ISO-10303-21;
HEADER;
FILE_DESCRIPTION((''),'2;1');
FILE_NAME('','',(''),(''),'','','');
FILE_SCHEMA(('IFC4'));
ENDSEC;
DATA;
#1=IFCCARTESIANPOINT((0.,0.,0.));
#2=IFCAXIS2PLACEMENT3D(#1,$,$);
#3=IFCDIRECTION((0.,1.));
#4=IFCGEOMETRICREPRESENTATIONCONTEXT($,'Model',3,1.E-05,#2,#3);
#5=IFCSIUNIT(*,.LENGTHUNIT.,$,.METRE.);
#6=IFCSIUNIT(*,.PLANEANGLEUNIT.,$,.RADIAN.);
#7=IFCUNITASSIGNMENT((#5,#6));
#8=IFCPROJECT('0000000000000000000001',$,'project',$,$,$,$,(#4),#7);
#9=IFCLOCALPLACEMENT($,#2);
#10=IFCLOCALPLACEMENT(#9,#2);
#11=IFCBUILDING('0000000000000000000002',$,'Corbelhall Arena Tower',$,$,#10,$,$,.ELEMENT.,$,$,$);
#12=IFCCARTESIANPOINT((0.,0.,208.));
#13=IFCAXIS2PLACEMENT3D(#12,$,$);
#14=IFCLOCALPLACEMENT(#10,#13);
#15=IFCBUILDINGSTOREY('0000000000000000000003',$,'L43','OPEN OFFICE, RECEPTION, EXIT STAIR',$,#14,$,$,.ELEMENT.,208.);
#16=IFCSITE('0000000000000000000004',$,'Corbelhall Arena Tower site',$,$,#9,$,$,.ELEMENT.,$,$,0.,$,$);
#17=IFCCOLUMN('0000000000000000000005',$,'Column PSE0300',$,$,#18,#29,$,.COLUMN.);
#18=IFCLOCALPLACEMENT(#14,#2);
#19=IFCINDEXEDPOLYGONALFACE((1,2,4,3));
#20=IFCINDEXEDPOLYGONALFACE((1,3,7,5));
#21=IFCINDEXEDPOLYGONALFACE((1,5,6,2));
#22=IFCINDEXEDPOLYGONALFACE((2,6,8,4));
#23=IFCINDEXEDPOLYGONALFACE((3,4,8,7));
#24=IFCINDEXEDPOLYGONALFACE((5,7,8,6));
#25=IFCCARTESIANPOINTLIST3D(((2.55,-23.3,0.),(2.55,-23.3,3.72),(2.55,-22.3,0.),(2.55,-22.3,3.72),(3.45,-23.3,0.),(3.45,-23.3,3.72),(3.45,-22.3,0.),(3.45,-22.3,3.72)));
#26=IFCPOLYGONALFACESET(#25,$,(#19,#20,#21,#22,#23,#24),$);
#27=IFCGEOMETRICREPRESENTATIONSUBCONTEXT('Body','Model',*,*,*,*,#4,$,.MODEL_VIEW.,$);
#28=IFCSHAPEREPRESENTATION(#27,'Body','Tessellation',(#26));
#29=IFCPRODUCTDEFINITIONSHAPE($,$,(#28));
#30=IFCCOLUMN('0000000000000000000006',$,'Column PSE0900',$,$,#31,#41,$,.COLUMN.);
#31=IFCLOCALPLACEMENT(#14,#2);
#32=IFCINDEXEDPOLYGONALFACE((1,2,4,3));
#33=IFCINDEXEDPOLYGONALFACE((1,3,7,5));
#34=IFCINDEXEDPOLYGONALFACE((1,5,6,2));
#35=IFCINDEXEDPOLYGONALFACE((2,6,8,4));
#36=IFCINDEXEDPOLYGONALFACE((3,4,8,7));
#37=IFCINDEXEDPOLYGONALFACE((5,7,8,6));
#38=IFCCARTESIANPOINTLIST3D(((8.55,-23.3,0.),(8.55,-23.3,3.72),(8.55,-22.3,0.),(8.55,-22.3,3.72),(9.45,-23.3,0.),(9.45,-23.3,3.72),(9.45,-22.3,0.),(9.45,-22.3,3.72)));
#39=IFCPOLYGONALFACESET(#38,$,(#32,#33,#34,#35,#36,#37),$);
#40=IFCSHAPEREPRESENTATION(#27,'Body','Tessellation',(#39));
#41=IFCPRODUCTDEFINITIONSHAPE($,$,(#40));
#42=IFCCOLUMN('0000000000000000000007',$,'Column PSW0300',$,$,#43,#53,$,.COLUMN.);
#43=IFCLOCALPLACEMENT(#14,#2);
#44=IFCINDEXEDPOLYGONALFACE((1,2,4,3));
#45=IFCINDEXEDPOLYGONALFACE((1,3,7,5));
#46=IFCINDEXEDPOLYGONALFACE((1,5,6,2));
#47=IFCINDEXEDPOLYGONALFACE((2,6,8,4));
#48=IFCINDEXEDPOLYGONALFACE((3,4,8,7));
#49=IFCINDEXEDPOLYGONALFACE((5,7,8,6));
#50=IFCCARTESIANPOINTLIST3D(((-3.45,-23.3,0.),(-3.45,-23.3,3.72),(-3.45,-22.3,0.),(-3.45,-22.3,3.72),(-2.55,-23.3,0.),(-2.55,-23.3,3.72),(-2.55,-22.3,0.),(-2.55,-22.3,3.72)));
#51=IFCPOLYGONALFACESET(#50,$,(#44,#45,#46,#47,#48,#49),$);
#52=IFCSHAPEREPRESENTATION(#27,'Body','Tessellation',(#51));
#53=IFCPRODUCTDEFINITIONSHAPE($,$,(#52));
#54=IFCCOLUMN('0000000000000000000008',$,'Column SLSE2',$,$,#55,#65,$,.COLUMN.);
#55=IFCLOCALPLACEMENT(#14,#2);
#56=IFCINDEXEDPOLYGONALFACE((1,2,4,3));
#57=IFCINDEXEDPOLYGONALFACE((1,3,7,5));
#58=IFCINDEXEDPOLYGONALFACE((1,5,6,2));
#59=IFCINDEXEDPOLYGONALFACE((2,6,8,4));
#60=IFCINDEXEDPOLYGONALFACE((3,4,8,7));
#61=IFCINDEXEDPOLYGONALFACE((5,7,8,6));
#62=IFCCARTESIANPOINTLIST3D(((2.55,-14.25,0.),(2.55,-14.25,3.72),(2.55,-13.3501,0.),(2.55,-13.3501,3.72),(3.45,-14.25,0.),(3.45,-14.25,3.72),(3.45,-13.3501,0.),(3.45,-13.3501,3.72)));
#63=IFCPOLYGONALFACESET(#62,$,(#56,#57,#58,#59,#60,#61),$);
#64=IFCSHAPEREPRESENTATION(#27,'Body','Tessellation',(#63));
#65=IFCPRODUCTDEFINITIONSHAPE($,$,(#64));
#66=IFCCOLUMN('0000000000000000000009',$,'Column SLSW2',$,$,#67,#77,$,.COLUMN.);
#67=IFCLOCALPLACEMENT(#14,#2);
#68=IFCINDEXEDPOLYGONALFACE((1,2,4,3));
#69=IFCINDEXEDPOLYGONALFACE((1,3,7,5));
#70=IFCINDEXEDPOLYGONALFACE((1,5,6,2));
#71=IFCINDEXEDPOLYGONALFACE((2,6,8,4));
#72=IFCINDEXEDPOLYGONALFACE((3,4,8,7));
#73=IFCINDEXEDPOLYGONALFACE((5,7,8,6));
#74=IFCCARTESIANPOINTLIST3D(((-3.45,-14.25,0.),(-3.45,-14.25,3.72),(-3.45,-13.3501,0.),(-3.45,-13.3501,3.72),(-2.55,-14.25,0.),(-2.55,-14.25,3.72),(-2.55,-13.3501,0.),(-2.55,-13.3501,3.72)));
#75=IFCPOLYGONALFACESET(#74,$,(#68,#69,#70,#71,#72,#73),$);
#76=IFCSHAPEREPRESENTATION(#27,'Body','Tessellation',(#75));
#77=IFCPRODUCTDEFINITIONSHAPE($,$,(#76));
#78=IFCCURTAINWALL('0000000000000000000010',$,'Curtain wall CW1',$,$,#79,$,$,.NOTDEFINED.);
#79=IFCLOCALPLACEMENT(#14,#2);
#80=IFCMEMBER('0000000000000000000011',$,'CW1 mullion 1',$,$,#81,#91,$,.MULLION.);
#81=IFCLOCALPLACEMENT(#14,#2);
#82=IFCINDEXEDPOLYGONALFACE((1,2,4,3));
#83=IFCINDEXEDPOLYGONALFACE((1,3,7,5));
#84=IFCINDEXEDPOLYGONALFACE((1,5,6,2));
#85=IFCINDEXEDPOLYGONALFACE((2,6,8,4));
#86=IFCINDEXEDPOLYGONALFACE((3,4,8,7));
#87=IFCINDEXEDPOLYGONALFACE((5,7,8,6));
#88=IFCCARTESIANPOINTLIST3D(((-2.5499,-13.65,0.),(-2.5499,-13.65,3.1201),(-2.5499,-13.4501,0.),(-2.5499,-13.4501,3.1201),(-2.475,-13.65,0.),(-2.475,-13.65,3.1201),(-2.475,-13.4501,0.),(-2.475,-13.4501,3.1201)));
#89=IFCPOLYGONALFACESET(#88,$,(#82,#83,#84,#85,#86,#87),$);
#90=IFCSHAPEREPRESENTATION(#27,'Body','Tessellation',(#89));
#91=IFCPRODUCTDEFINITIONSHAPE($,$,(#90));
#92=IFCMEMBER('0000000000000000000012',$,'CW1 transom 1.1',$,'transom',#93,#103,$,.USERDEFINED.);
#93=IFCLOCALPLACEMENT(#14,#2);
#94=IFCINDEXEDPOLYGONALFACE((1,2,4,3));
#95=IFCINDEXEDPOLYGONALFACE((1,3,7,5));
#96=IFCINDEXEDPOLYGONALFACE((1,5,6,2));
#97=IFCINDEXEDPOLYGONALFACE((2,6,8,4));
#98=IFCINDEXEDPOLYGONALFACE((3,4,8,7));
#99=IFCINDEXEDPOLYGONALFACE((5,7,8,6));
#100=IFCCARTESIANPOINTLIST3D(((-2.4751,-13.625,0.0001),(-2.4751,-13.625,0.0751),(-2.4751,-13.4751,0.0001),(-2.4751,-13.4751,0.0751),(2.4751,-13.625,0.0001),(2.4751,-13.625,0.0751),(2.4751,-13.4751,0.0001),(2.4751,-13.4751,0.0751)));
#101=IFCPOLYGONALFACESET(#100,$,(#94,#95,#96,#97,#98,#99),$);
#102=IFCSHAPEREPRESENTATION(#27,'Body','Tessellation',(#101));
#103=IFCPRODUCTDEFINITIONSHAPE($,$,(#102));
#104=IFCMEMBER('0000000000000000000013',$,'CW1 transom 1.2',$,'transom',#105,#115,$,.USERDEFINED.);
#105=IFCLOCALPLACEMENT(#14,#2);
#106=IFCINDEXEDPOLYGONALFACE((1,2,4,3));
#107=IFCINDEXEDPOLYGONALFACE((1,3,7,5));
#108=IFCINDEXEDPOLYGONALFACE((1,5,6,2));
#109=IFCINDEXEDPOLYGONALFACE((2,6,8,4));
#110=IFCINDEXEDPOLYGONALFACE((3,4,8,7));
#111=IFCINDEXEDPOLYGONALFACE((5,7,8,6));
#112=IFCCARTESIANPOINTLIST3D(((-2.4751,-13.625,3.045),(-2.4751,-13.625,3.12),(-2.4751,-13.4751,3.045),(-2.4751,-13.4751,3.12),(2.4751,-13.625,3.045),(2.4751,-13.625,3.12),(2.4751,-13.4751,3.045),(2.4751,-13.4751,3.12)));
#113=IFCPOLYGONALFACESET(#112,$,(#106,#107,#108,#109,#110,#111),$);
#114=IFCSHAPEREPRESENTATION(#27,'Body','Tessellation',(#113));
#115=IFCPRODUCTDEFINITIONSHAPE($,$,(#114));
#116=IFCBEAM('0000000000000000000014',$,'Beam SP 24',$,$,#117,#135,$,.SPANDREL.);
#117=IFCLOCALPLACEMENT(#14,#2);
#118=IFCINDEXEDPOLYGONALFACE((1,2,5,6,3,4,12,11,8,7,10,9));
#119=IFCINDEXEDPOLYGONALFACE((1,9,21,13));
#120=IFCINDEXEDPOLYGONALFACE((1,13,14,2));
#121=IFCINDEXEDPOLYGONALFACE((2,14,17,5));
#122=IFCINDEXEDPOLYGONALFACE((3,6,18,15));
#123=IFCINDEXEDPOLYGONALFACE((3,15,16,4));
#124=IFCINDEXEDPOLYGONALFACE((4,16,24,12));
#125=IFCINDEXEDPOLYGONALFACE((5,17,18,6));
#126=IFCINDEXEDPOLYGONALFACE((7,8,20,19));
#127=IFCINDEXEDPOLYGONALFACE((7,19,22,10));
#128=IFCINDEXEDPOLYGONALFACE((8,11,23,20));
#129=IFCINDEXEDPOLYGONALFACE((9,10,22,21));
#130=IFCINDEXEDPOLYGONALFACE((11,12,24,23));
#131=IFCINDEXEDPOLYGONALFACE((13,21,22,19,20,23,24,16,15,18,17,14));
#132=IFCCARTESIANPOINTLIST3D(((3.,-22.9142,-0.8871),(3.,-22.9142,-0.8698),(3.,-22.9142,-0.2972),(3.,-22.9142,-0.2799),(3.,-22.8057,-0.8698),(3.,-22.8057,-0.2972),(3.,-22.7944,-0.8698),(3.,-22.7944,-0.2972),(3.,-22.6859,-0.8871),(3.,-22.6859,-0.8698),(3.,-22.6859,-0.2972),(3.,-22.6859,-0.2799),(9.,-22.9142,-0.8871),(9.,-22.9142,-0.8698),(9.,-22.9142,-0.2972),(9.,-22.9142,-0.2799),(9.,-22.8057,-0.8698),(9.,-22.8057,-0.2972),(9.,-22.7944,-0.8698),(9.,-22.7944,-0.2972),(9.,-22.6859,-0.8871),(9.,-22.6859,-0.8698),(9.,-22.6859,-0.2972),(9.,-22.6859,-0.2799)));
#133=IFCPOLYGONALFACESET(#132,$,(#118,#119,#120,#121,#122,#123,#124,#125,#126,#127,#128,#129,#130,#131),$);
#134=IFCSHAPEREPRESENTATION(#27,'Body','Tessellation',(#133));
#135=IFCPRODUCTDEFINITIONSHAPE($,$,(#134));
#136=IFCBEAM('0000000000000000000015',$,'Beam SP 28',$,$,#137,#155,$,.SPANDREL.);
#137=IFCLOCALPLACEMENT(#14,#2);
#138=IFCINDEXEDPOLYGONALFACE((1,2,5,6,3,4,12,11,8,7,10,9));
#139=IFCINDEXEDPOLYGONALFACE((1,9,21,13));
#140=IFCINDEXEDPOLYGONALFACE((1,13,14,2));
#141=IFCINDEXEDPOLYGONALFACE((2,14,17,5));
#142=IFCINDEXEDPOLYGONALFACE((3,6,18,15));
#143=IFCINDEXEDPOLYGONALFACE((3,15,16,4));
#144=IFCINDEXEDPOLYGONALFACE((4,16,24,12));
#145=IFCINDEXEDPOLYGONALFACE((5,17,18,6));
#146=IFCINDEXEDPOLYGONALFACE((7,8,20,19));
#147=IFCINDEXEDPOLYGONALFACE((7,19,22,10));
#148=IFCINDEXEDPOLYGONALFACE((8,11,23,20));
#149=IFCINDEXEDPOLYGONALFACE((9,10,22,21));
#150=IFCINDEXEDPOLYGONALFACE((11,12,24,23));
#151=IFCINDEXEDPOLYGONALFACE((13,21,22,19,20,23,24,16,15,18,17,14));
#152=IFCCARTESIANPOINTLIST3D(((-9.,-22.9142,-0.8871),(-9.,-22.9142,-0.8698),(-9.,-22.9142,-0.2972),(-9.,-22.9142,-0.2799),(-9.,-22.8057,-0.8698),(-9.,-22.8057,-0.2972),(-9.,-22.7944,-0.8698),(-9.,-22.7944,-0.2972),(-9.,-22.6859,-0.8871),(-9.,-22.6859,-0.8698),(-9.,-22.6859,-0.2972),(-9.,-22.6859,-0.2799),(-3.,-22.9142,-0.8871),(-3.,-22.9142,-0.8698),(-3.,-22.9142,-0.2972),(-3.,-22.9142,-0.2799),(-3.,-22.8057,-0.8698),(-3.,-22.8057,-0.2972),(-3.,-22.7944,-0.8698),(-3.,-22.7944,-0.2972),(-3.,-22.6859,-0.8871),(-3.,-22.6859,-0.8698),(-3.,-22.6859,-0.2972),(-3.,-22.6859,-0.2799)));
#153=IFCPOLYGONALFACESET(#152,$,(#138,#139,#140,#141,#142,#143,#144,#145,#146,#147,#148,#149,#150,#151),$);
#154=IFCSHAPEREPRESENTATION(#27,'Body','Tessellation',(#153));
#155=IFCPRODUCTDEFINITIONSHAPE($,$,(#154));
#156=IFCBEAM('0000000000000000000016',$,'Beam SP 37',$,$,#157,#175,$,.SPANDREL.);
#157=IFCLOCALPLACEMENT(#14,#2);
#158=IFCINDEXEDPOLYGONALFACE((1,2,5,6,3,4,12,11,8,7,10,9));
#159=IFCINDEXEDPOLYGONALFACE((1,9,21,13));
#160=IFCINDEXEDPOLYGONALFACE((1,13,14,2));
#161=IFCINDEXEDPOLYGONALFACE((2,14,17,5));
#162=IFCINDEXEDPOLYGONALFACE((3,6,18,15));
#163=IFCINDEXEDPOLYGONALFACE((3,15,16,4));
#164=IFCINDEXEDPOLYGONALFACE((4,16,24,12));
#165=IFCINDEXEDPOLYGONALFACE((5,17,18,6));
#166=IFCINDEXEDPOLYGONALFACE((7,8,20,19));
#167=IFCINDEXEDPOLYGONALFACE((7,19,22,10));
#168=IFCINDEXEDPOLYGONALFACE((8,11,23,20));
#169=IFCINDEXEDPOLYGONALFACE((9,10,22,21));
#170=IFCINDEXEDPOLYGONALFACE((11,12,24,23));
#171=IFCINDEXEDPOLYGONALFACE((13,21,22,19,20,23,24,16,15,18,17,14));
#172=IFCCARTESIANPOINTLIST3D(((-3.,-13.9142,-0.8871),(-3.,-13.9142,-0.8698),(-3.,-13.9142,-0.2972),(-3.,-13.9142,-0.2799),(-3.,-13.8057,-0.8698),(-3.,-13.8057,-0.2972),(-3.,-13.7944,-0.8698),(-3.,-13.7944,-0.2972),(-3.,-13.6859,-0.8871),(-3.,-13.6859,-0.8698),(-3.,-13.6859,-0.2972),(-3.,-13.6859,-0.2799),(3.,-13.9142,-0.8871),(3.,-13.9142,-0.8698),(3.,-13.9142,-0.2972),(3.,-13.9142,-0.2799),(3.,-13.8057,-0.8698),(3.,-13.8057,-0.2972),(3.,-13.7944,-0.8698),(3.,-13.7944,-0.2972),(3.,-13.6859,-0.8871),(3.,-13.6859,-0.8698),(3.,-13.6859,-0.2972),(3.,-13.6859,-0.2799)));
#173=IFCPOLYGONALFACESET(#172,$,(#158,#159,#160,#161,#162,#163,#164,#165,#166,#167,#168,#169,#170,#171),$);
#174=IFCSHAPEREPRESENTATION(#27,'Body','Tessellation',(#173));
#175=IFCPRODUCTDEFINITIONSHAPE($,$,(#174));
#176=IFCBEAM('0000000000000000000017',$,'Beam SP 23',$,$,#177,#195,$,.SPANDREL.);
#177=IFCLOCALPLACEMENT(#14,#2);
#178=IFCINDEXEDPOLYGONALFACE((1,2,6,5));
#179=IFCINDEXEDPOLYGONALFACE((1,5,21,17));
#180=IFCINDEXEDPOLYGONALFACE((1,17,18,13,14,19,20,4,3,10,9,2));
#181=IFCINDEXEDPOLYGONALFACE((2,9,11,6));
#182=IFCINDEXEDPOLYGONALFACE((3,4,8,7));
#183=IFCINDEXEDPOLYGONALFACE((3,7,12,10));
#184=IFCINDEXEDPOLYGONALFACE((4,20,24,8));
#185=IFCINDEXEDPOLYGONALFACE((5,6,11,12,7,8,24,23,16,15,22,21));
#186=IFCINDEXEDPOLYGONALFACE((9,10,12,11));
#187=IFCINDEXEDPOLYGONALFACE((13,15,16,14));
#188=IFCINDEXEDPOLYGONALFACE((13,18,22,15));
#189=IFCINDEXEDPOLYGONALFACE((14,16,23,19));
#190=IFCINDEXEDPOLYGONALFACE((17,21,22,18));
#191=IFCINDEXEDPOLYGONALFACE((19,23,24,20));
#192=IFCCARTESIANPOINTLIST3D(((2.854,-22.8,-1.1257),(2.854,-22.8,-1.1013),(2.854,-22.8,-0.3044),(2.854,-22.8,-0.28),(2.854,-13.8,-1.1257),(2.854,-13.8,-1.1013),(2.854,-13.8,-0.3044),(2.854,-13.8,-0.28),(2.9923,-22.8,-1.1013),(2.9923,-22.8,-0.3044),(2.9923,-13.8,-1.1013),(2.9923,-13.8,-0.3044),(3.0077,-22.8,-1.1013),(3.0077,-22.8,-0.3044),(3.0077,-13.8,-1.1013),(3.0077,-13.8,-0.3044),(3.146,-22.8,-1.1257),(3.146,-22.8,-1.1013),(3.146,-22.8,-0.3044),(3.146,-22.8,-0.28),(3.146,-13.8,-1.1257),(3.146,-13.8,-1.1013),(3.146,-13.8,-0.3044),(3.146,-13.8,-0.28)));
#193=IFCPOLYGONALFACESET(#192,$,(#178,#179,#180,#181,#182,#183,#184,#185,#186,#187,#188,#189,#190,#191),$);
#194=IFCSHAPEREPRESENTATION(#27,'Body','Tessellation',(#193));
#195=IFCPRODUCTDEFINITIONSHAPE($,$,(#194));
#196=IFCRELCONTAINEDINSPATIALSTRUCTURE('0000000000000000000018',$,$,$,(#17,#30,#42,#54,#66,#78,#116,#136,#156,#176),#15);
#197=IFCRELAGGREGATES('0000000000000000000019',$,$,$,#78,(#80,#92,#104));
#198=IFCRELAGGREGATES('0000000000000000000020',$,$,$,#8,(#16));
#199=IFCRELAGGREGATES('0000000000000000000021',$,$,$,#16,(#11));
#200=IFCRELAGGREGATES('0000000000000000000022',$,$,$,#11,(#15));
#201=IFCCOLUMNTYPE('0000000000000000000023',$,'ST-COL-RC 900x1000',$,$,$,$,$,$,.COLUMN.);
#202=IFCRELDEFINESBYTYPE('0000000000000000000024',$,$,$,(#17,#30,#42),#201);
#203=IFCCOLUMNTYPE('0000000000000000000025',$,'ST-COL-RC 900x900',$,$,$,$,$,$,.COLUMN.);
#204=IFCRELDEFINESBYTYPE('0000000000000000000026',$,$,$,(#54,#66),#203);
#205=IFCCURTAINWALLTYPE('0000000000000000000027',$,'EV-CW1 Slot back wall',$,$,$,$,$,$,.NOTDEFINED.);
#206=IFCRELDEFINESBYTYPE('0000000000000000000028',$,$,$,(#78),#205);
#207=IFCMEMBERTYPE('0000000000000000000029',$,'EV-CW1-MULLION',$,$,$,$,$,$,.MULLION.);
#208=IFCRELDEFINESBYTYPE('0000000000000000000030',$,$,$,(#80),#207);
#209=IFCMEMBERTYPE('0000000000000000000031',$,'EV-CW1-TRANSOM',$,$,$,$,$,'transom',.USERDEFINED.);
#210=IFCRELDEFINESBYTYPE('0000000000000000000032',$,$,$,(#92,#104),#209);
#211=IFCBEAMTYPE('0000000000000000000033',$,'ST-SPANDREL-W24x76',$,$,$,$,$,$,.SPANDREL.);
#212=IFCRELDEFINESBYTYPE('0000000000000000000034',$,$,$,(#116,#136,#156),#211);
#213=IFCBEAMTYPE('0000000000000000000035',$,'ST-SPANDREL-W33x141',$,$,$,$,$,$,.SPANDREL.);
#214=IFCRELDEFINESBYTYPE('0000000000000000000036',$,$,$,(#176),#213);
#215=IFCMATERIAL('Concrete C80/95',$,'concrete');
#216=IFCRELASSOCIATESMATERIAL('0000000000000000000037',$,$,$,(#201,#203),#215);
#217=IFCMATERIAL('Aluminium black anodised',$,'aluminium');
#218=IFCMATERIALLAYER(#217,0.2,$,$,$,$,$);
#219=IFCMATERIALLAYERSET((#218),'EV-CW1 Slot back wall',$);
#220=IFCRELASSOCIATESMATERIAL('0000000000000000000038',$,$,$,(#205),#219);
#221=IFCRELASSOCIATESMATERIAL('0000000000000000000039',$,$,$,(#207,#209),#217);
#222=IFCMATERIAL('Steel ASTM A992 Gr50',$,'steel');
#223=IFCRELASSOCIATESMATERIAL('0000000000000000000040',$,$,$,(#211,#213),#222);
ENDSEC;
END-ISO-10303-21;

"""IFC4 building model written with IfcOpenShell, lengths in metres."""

from ifc_helpers import new_model, si_unit, direction, frame, origin, origin_2d, place, context, subcontext, project, spatial, rectangle, i_section, extrude, material, layer, layer_set, material_profile, profile_set, type_object, element, aggregate, save


model = new_model("IFC4")

# Units and contexts
model_context = context("Model", 3, precision=1e-05, world=origin(), true_north=direction((0.0, 1.0)))
body_context = subcontext(model_context, "Body", "Model", "MODEL_VIEW")
ifc_project = project(units=[si_unit("LENGTHUNIT", "METRE"), si_unit("PLANEANGLEUNIT", "RADIAN")], contexts=[model_context])

# Site, building, storey
site_placement = place(None, origin())
site = spatial("IfcSite", under=ifc_project, at=site_placement, Name="Corbelhall Arena Tower site", CompositionType="ELEMENT", RefElevation=0.0)
building_placement = place(site_placement, origin())
building = spatial("IfcBuilding", under=site, at=building_placement, Name="Corbelhall Arena Tower", CompositionType="ELEMENT")
storey_placement = place(building_placement, frame((0.0, 0.0, 208.0)))
storey = spatial("IfcBuildingStorey", under=building, at=storey_placement, Name="L43", Description="OPEN OFFICE, RECEPTION, EXIT STAIR", CompositionType="ELEMENT", Elevation=208.0)

# Columns
ifc_material_1 = material(Name="Concrete C80/95", Category="concrete")
ifc_material_profile_1 = material_profile(ifc_material_1, rectangle(XDim=0.8999, YDim=1.0, at=origin_2d()))
ifc_profile_set_1 = profile_set([ifc_material_profile_1], Name="Concrete C80/95")
column_type_1 = type_object("IfcColumnType", Name="ST-COL-RC 900x1000", PredefinedType="COLUMN", material=ifc_profile_set_1)
for number, where, z_axis, x_axis, name in (
    (1, (3.0, -22.8, 0.0), (0.0, 0.0, 1.0), (1.0, 0.0, 0.0), "Column PSE0300"),
    (2, (9.0, -22.8, 0.0), (0.0, 0.0, 1.0), (1.0, 0.0, 0.0), "Column PSE0900"),
    (3, (-3.0, -22.8, 0.0), (0.0, 0.0, 1.0), (1.0, 0.0, 0.0), "Column PSW0300"),
):
    element("IfcColumn", number, at=place(storey_placement, frame(where, z_axis=z_axis, x_axis=x_axis)), inside=storey, type_object=column_type_1, Name=name, PredefinedType="COLUMN", context=body_context, shape_type="SweptSolid", body=[
        extrude(rectangle(XDim=0.8999, YDim=1.0, at=origin_2d()), origin(), (0.0, 0.0, 1.0), 3.72),
    ])
ifc_material_profile_2 = material_profile(ifc_material_1, rectangle(XDim=0.8999, YDim=0.8999, at=origin_2d()))
ifc_profile_set_2 = profile_set([ifc_material_profile_2], Name="Concrete C80/95")
column_type_2 = type_object("IfcColumnType", Name="ST-COL-RC 900x900", PredefinedType="COLUMN", material=ifc_profile_set_2)
for number, where, z_axis, x_axis, name in (
    (4, (3.0, -13.8, 0.0), (0.0, 0.0, 1.0), (1.0, 0.0, 0.0), "Column SLSE2"),
    (5, (-3.0, -13.8, 0.0), (0.0, 0.0, 1.0), (1.0, 0.0, 0.0), "Column SLSW2"),
):
    element("IfcColumn", number, at=place(storey_placement, frame(where, z_axis=z_axis, x_axis=x_axis)), inside=storey, type_object=column_type_2, Name=name, PredefinedType="COLUMN", context=body_context, shape_type="SweptSolid", body=[
        extrude(rectangle(XDim=0.8999, YDim=0.8999, at=origin_2d()), origin(), (0.0, 0.0, 1.0), 3.72),
    ])

# Curtain wall, members
ifc_material_2 = material(Name="Aluminium black anodised", Category="aluminium")
ifc_layer_1 = layer(ifc_material_2, 0.2)
ifc_layer_set_1 = layer_set([ifc_layer_1], Name="EV-CW1 Slot back wall")
curtain_wall_type = type_object("IfcCurtainWallType", Name="EV-CW1 Slot back wall", PredefinedType="NOTDEFINED", material=ifc_layer_set_1)
curtain_wall_placement = place(storey_placement, origin())
curtain_wall = element("IfcCurtainWall", 6, at=curtain_wall_placement, inside=storey, type_object=curtain_wall_type, Name="Curtain wall CW1", PredefinedType="NOTDEFINED")
ifc_material_profile_3 = material_profile(ifc_material_2, rectangle(XDim=0.2, YDim=0.075, at=origin_2d()))
ifc_profile_set_3 = profile_set([ifc_material_profile_3], Name="Aluminium black anodised")
member_type_1 = type_object("IfcMemberType", Name="EV-CW1-MULLION", PredefinedType="MULLION", material=ifc_profile_set_3)
member_1_placement = place(storey_placement, frame((-2.5125, -13.55, 0.0), z_axis=(0.0, 0.0, 1.0), x_axis=(0.0, 1.0, 0.0)))
member_1 = element("IfcMember", 7, at=member_1_placement, type_object=member_type_1, Name="CW1 mullion 1", PredefinedType="MULLION", context=body_context, shape_type="SweptSolid", body=[
    extrude(rectangle(XDim=0.2, YDim=0.075, at=origin_2d()), origin(), (0.0, 0.0, 1.0), 3.1201),
])
ifc_material_profile_4 = material_profile(ifc_material_2, rectangle(XDim=0.1499, YDim=0.075, at=origin_2d()))
ifc_profile_set_4 = profile_set([ifc_material_profile_4], Name="Aluminium black anodised")
member_type_2 = type_object("IfcMemberType", Name="EV-CW1-TRANSOM", ElementType="transom", PredefinedType="USERDEFINED", material=ifc_profile_set_4)
member_2_placement = place(storey_placement, frame((-2.4751, -13.55, 0.0376), z_axis=(1.0, 0.0, 0.0), x_axis=(0.0, 1.0, 0.0)))
member_2 = element("IfcMember", 8, at=member_2_placement, type_object=member_type_2, Name="CW1 transom 1.1", ObjectType="transom", PredefinedType="USERDEFINED", context=body_context, shape_type="SweptSolid", body=[
    extrude(rectangle(XDim=0.1499, YDim=0.075, at=origin_2d()), origin(), (0.0, 0.0, 1.0), 4.9502),
])
member_3_placement = place(storey_placement, frame((-2.4751, -13.55, 3.0825), z_axis=(1.0, 0.0, 0.0), x_axis=(0.0, 1.0, 0.0)))
member_3 = element("IfcMember", 9, at=member_3_placement, type_object=member_type_2, Name="CW1 transom 1.2", ObjectType="transom", PredefinedType="USERDEFINED", context=body_context, shape_type="SweptSolid", body=[
    extrude(rectangle(XDim=0.1499, YDim=0.075, at=origin_2d()), origin(), (0.0, 0.0, 1.0), 4.9502),
])

# Beams
ifc_material_3 = material(Name="Steel ASTM A992 Gr50", Category="steel")
ifc_material_profile_5 = material_profile(ifc_material_3, i_section(OverallWidth=0.2283, OverallDepth=0.6072, WebThickness=0.0112, FlangeThickness=0.0173, at=origin_2d()))
ifc_profile_set_5 = profile_set([ifc_material_profile_5], Name="Steel ASTM A992 Gr50")
beam_type_1 = type_object("IfcBeamType", Name="ST-SPANDREL-W24x76", PredefinedType="SPANDREL", material=ifc_profile_set_5)
for number, where, z_axis, x_axis, name in (
    (10, (9.0, -22.8, -0.5835), (-1.0, 0.0, 0.0), (0.0, -1.0, 0.0), "Beam SP 24"),
    (11, (-3.0, -22.8, -0.5835), (-1.0, 0.0, 0.0), (0.0, -1.0, 0.0), "Beam SP 28"),
    (12, (3.0, -13.8, -0.5835), (-1.0, 0.0, 0.0), (0.0, -1.0, 0.0), "Beam SP 37"),
):
    element("IfcBeam", number, at=place(storey_placement, frame(where, z_axis=z_axis, x_axis=x_axis)), inside=storey, type_object=beam_type_1, Name=name, PredefinedType="SPANDREL", context=body_context, shape_type="SweptSolid", body=[
        extrude(i_section(OverallWidth=0.2283, OverallDepth=0.6072, WebThickness=0.0112, FlangeThickness=0.0173, at=origin_2d()), origin(), (0.0, 0.0, 1.0), 6.0),
    ])
ifc_material_profile_6 = material_profile(ifc_material_3, i_section(OverallWidth=0.292, OverallDepth=0.8457, WebThickness=0.0154, FlangeThickness=0.0244, at=origin_2d()))
ifc_profile_set_6 = profile_set([ifc_material_profile_6], Name="Steel ASTM A992 Gr50")
beam_type_2 = type_object("IfcBeamType", Name="ST-SPANDREL-W33x141", PredefinedType="SPANDREL", material=ifc_profile_set_6)
for number, where, z_axis, x_axis, name in (
    (13, (3.0, -22.8, -0.7029), (0.0, 1.0, 0.0), (-1.0, 0.0, 0.0), "Beam SP 23"),
):
    element("IfcBeam", number, at=place(storey_placement, frame(where, z_axis=z_axis, x_axis=x_axis)), inside=storey, type_object=beam_type_2, Name=name, PredefinedType="SPANDREL", context=body_context, shape_type="SweptSolid", body=[
        extrude(i_section(OverallWidth=0.292, OverallDepth=0.8457, WebThickness=0.0154, FlangeThickness=0.0244, at=origin_2d()), origin(), (0.0, 0.0, 1.0), 9.0),
    ])

aggregate(curtain_wall, [member_1, member_2, member_3])

save(model, "model.ifc")
